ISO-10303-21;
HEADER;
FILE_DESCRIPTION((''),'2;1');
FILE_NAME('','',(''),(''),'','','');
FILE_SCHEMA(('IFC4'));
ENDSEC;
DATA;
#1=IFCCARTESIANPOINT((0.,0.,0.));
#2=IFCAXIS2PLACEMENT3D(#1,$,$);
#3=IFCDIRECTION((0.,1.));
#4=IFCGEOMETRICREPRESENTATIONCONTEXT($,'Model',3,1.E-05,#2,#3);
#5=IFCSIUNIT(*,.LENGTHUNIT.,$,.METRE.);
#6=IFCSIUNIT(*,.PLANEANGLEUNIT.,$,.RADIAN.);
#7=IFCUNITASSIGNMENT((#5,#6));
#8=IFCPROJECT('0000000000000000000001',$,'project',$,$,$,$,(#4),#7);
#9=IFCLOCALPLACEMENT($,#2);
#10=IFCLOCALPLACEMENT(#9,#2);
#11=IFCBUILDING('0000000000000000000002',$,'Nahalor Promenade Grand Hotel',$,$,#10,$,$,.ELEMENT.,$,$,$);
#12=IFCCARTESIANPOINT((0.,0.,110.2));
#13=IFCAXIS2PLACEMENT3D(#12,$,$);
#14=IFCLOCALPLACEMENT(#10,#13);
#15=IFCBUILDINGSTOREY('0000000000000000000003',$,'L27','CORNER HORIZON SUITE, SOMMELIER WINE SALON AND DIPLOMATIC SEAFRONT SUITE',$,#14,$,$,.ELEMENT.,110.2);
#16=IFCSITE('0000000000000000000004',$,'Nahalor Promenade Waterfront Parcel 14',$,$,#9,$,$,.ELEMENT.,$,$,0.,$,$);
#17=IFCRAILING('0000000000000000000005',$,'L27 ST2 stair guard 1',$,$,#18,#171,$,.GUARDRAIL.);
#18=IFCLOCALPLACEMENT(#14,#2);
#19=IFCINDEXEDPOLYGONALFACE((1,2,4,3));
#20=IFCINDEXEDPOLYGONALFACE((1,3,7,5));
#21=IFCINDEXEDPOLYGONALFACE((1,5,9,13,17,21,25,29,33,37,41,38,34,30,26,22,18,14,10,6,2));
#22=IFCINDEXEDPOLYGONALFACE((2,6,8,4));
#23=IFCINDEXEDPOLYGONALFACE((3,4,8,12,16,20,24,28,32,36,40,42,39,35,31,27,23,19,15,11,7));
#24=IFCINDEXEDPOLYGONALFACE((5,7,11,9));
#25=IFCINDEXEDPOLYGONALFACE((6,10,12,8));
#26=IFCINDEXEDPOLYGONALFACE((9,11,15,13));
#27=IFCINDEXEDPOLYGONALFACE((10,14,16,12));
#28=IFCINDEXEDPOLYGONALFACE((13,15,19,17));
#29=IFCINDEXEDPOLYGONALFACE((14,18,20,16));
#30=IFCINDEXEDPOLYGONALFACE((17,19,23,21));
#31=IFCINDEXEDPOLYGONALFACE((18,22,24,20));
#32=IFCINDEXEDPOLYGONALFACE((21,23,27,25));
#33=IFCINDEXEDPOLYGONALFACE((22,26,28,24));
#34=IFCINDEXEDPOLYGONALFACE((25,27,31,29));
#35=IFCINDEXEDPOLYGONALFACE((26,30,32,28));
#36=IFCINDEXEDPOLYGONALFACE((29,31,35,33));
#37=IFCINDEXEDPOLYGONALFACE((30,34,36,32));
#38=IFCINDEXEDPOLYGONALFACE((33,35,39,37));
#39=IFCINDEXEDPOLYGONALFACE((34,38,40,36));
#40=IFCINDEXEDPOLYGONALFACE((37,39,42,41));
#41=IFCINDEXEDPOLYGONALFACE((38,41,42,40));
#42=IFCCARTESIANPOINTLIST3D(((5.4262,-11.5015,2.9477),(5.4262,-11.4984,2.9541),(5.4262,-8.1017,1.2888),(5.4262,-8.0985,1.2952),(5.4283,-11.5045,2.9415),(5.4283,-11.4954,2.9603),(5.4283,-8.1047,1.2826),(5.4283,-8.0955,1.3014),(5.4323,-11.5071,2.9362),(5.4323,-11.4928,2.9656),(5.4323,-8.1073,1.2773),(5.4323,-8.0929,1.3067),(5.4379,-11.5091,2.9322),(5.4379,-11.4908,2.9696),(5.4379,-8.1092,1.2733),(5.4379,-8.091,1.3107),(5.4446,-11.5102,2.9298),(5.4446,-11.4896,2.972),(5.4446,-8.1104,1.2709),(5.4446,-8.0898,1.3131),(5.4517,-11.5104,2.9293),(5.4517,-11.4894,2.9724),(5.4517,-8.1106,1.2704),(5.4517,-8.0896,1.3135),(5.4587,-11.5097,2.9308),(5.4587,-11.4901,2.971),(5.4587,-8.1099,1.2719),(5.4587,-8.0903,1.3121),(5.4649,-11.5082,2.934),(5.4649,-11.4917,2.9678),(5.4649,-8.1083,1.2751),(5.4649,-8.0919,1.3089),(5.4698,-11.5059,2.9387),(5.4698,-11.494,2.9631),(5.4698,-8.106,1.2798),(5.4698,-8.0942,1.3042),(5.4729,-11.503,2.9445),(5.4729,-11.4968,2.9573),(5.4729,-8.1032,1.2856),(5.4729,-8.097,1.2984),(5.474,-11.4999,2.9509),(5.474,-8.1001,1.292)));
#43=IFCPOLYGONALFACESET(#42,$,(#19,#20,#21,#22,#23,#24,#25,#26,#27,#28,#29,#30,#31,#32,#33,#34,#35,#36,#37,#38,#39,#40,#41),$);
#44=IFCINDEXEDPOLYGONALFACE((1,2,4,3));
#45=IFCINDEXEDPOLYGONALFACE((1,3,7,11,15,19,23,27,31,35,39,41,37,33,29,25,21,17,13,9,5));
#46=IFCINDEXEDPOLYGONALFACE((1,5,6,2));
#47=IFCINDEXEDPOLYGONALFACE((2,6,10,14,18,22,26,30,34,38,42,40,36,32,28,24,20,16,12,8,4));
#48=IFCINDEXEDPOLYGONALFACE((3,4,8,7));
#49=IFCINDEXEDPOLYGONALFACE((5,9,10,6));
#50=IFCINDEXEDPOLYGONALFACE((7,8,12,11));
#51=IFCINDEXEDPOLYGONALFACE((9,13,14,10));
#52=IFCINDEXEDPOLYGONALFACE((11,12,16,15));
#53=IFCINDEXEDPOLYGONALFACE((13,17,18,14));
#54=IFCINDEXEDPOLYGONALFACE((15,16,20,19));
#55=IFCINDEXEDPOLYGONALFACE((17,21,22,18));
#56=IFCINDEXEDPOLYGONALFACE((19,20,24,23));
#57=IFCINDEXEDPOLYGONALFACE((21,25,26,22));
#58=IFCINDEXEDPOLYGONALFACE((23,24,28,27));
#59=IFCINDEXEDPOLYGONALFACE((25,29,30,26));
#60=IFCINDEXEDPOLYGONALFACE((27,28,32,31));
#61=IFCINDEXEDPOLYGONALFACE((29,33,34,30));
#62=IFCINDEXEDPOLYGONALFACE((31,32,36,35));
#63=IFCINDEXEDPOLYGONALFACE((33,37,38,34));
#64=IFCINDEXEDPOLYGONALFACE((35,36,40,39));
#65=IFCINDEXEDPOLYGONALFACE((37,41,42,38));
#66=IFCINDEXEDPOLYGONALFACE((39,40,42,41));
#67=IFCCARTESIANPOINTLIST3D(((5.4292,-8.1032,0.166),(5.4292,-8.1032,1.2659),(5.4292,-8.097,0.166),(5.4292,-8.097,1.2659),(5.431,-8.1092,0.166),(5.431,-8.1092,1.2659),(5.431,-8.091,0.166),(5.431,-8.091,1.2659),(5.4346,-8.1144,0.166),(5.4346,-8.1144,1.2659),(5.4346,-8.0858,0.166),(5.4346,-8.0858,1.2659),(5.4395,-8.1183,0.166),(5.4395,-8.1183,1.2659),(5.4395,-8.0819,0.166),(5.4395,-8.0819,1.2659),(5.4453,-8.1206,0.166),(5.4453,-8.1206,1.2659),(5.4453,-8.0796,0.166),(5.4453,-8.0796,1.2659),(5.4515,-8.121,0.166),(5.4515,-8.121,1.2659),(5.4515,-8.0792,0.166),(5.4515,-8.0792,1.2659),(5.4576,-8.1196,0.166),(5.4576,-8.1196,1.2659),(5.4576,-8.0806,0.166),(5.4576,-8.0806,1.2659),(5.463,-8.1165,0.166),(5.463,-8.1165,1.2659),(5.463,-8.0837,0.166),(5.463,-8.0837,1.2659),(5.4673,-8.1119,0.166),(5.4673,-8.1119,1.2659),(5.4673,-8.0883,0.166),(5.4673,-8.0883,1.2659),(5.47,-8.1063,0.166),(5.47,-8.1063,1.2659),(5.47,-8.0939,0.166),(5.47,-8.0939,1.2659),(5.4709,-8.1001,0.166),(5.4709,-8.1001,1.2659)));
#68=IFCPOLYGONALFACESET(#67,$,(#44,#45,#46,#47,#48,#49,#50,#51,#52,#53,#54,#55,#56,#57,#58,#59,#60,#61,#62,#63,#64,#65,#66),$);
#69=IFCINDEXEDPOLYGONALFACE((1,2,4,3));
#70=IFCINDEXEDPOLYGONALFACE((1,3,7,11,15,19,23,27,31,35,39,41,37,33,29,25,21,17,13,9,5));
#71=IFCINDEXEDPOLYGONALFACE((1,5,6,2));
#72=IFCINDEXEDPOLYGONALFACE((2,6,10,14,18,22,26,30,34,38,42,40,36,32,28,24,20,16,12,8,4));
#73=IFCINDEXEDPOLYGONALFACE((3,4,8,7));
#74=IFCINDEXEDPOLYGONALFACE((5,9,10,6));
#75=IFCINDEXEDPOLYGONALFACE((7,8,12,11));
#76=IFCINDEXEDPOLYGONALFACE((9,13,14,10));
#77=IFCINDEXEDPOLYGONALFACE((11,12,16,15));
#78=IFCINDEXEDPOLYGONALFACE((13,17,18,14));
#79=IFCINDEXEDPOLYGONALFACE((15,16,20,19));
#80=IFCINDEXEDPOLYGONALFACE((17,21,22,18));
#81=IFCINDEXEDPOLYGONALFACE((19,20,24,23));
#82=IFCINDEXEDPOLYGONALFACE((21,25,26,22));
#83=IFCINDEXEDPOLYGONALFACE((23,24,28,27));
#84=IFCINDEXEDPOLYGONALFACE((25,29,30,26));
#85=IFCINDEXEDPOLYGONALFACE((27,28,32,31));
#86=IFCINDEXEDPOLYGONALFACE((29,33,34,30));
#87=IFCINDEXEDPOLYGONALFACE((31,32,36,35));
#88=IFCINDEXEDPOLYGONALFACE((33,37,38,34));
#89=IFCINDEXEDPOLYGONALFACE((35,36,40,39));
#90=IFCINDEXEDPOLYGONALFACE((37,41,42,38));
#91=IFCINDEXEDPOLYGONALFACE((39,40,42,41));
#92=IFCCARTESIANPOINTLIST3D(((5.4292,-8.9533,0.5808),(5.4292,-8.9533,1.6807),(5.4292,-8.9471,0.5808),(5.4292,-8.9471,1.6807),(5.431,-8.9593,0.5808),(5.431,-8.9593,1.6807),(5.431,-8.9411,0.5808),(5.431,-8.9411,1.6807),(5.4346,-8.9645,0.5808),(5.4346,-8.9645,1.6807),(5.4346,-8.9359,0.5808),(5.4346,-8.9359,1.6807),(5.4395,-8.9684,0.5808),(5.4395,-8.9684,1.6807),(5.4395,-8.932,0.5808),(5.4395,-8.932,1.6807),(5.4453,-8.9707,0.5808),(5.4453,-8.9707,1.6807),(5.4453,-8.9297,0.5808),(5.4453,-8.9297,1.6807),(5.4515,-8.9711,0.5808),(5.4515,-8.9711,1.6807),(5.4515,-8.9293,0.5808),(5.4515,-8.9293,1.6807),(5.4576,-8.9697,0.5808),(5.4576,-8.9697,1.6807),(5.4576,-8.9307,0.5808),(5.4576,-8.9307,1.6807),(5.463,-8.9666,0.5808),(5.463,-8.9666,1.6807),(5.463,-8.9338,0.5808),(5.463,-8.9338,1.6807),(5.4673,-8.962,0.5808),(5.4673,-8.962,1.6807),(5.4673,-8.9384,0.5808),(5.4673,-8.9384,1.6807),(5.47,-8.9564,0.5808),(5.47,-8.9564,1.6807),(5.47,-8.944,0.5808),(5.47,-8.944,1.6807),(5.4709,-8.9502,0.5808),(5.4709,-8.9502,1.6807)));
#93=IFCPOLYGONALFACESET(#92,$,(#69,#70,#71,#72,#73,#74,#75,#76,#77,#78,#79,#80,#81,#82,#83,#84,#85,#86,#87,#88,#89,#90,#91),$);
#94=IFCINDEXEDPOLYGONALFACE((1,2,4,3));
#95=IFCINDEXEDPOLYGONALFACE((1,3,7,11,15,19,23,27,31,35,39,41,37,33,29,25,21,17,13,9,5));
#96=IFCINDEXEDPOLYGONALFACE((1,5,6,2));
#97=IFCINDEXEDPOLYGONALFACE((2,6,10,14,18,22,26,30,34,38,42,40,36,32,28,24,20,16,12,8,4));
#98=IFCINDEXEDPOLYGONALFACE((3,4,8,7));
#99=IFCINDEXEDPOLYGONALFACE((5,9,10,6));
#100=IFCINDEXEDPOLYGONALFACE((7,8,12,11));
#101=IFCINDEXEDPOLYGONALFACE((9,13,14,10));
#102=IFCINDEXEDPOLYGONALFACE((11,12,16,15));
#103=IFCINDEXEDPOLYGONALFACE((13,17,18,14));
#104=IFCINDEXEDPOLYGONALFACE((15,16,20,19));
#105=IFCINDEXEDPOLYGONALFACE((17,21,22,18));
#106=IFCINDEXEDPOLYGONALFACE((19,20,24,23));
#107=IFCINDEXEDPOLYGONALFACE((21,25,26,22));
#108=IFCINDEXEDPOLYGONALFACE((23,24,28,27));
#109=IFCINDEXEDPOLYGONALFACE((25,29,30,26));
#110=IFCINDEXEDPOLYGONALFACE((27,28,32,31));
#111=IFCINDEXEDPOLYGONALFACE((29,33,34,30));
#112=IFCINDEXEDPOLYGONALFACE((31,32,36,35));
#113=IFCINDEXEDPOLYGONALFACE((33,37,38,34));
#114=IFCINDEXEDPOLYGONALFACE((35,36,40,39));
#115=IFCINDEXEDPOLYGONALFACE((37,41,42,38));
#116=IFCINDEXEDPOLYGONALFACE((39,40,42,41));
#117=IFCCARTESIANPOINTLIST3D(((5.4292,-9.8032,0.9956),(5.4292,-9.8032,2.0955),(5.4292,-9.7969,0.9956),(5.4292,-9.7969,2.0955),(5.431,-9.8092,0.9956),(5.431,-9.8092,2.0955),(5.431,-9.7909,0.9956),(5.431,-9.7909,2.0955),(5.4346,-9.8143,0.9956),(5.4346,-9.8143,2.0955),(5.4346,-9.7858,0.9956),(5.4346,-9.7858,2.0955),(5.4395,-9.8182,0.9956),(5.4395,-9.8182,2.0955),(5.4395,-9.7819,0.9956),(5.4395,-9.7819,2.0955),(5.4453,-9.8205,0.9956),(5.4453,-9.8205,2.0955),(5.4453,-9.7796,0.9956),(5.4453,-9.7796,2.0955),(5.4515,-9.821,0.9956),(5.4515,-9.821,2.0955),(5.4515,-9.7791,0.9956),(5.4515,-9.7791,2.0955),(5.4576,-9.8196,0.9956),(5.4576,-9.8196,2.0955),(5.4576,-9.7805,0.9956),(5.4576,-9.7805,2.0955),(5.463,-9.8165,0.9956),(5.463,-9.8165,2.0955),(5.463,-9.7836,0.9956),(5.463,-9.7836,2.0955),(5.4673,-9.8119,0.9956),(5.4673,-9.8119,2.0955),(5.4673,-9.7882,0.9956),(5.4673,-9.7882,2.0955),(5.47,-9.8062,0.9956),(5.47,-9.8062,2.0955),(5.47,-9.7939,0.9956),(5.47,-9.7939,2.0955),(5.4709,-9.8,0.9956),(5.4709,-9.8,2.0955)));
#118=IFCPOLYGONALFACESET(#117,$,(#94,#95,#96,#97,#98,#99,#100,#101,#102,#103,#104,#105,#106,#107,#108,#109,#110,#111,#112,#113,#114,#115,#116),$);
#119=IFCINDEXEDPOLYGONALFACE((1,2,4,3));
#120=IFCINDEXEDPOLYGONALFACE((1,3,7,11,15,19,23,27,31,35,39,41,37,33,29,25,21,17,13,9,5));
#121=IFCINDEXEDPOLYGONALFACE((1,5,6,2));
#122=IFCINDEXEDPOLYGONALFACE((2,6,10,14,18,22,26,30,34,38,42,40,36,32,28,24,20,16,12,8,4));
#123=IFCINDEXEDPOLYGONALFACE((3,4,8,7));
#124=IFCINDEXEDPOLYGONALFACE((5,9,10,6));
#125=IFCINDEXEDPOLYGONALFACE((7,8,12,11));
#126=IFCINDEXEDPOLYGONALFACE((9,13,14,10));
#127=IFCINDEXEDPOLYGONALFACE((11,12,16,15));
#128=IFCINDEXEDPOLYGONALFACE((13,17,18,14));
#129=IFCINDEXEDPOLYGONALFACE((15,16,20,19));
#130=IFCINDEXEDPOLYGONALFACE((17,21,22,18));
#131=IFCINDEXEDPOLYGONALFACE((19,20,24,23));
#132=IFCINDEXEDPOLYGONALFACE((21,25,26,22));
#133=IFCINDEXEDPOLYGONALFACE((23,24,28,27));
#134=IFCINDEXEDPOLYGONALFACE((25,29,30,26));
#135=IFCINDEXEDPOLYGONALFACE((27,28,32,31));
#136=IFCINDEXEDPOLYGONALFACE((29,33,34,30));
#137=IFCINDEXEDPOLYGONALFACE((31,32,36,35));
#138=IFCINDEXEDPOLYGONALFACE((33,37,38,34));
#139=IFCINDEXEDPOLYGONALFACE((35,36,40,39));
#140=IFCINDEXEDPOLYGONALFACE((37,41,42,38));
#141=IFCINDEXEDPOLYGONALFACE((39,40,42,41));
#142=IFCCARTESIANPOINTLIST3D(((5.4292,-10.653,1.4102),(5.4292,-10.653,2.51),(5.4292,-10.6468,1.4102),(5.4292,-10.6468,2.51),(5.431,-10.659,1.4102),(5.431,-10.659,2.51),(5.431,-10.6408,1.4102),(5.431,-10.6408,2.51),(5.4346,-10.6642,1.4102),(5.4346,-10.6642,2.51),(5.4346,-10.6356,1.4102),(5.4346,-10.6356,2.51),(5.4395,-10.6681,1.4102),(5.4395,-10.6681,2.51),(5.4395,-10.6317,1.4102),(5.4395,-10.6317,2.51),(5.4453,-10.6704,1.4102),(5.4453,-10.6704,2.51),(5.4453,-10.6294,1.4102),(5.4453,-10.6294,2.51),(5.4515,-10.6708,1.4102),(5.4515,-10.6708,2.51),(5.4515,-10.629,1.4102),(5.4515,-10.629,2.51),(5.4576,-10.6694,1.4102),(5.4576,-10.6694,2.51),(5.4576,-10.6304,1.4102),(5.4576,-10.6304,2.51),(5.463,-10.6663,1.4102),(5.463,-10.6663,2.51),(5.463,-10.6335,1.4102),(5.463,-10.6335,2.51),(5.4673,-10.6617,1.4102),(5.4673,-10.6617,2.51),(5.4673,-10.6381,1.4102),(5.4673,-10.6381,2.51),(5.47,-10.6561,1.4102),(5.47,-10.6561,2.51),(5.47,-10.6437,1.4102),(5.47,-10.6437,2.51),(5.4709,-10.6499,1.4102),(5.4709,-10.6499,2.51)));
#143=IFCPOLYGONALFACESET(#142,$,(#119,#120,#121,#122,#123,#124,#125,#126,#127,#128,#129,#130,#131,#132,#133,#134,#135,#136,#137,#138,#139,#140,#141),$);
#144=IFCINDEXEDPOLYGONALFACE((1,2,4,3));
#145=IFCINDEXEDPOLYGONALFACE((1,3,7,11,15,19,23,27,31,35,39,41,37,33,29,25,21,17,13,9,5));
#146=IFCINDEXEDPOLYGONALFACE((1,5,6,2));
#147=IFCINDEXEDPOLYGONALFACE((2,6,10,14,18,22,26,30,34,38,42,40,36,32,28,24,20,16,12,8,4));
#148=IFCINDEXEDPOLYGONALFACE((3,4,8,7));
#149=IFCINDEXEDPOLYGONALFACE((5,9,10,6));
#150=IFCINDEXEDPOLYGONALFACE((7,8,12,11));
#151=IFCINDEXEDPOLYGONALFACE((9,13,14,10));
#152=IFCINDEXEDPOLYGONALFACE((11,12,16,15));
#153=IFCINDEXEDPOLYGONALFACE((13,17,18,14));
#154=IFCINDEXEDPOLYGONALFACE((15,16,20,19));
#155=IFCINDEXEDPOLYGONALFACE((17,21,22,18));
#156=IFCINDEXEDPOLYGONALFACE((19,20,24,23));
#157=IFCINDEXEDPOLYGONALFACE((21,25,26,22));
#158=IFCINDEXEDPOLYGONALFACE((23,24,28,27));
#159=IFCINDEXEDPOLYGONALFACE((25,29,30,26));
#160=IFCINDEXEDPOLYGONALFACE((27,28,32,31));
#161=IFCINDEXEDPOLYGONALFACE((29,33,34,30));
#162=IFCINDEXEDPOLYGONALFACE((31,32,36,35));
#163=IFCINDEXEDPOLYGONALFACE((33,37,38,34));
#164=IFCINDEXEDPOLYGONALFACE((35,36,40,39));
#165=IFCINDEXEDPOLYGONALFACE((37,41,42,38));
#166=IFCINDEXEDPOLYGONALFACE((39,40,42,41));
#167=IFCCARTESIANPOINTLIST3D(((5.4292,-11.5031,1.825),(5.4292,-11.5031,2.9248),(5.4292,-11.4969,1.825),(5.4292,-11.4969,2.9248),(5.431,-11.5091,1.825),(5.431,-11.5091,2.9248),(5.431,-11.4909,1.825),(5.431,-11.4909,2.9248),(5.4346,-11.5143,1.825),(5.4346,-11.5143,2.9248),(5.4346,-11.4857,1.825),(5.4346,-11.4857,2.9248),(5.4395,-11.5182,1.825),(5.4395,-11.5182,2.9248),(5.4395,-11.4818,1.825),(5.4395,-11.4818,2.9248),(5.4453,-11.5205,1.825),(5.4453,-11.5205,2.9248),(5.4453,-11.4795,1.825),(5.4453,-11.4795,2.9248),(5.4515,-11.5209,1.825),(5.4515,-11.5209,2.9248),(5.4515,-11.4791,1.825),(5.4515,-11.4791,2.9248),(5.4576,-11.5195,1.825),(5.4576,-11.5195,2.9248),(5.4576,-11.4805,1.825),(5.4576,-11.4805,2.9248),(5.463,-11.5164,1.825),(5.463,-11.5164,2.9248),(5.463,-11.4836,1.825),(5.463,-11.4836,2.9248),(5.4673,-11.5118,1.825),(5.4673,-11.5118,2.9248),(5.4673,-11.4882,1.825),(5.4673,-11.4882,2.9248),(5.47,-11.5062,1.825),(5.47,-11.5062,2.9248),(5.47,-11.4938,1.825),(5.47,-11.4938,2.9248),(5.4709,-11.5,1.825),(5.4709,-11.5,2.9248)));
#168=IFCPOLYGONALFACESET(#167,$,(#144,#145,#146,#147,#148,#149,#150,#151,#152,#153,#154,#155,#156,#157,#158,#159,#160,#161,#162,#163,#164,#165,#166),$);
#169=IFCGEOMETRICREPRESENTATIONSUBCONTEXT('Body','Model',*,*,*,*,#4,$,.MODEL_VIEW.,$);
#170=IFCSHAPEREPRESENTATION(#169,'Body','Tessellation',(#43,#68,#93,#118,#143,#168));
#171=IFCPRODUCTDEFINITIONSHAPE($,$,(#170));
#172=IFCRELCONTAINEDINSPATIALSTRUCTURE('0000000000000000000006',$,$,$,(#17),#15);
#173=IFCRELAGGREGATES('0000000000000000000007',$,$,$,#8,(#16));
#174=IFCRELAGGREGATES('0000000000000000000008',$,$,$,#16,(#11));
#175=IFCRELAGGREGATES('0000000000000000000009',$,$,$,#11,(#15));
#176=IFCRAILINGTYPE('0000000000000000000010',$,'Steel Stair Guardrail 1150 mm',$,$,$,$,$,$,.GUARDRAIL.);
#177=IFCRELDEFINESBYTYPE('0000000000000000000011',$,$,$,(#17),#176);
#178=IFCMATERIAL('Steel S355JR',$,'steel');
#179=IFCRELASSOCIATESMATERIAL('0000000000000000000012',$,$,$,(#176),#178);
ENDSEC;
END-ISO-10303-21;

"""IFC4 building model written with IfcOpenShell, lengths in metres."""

from ifc_helpers import new_model, si_unit, direction, frame, origin, origin_2d, place, context, subcontext, project, spatial, circle, extrude, material, type_object, element, save


model = new_model("IFC4")

# Units and contexts
model_context = context("Model", 3, precision=1e-05, world=origin(), true_north=direction((0.0, 1.0)))
body_context = subcontext(model_context, "Body", "Model", "MODEL_VIEW")
ifc_project = project(units=[si_unit("LENGTHUNIT", "METRE"), si_unit("PLANEANGLEUNIT", "RADIAN")], contexts=[model_context])

# Site, building, storey
site_placement = place(None, origin())
site = spatial("IfcSite", under=ifc_project, at=site_placement, Name="Nahalor Promenade Waterfront Parcel 14", CompositionType="ELEMENT", RefElevation=0.0)
building_placement = place(site_placement, origin())
building = spatial("IfcBuilding", under=site, at=building_placement, Name="Nahalor Promenade Grand Hotel", CompositionType="ELEMENT")
storey_placement = place(building_placement, frame((0.0, 0.0, 110.2)))
storey = spatial("IfcBuildingStorey", under=building, at=storey_placement, Name="L27", Description="CORNER HORIZON SUITE, SOMMELIER WINE SALON AND DIPLOMATIC SEAFRONT SUITE", CompositionType="ELEMENT", Elevation=110.2)

# Shared definitions
ifc_material_1 = material(Name="Steel S355JR", Category="steel")

# Railing
railing_type_1 = type_object("IfcRailingType", Name="Steel Stair Guardrail 1150 mm", PredefinedType="GUARDRAIL", material=ifc_material_1)
railing_1_placement = place(storey_placement, frame((5.45, -8.1001, 0.166)))
element("IfcRailing", 1, at=railing_1_placement, inside=storey, type_object=railing_type_1, Name="L27 ST2 stair guard 1", PredefinedType="GUARDRAIL", context=body_context, shape_type="SweptSolid", body=[
    extrude(circle(Radius=0.024, at=origin_2d()), frame((0.0, 0.0, 1.126), z_axis=(0.0, -0.898722, 0.438519), x_axis=(1.0, 0.0, 0.0)), (0.0, 0.0, 1.0), 3.783),
    extrude(circle(Radius=0.021, at=origin_2d()), origin(), (0.0, 0.0, 1.0), 1.0999),
    extrude(circle(Radius=0.021, at=origin_2d()), frame((0.0, -0.8501, 0.4148)), (0.0, 0.0, 1.0), 1.0999),
    extrude(circle(Radius=0.021, at=origin_2d()), frame((0.0, -1.7, 0.8296)), (0.0, 0.0, 1.0), 1.0999),
    extrude(circle(Radius=0.021, at=origin_2d()), frame((0.0, -2.5498, 1.2441)), (0.0, 0.0, 1.0), 1.0999),
    extrude(circle(Radius=0.021, at=origin_2d()), frame((0.0, -3.3999, 1.6589)), (0.0, 0.0, 1.0), 1.0999),
])

save(model, "model.ifc")
